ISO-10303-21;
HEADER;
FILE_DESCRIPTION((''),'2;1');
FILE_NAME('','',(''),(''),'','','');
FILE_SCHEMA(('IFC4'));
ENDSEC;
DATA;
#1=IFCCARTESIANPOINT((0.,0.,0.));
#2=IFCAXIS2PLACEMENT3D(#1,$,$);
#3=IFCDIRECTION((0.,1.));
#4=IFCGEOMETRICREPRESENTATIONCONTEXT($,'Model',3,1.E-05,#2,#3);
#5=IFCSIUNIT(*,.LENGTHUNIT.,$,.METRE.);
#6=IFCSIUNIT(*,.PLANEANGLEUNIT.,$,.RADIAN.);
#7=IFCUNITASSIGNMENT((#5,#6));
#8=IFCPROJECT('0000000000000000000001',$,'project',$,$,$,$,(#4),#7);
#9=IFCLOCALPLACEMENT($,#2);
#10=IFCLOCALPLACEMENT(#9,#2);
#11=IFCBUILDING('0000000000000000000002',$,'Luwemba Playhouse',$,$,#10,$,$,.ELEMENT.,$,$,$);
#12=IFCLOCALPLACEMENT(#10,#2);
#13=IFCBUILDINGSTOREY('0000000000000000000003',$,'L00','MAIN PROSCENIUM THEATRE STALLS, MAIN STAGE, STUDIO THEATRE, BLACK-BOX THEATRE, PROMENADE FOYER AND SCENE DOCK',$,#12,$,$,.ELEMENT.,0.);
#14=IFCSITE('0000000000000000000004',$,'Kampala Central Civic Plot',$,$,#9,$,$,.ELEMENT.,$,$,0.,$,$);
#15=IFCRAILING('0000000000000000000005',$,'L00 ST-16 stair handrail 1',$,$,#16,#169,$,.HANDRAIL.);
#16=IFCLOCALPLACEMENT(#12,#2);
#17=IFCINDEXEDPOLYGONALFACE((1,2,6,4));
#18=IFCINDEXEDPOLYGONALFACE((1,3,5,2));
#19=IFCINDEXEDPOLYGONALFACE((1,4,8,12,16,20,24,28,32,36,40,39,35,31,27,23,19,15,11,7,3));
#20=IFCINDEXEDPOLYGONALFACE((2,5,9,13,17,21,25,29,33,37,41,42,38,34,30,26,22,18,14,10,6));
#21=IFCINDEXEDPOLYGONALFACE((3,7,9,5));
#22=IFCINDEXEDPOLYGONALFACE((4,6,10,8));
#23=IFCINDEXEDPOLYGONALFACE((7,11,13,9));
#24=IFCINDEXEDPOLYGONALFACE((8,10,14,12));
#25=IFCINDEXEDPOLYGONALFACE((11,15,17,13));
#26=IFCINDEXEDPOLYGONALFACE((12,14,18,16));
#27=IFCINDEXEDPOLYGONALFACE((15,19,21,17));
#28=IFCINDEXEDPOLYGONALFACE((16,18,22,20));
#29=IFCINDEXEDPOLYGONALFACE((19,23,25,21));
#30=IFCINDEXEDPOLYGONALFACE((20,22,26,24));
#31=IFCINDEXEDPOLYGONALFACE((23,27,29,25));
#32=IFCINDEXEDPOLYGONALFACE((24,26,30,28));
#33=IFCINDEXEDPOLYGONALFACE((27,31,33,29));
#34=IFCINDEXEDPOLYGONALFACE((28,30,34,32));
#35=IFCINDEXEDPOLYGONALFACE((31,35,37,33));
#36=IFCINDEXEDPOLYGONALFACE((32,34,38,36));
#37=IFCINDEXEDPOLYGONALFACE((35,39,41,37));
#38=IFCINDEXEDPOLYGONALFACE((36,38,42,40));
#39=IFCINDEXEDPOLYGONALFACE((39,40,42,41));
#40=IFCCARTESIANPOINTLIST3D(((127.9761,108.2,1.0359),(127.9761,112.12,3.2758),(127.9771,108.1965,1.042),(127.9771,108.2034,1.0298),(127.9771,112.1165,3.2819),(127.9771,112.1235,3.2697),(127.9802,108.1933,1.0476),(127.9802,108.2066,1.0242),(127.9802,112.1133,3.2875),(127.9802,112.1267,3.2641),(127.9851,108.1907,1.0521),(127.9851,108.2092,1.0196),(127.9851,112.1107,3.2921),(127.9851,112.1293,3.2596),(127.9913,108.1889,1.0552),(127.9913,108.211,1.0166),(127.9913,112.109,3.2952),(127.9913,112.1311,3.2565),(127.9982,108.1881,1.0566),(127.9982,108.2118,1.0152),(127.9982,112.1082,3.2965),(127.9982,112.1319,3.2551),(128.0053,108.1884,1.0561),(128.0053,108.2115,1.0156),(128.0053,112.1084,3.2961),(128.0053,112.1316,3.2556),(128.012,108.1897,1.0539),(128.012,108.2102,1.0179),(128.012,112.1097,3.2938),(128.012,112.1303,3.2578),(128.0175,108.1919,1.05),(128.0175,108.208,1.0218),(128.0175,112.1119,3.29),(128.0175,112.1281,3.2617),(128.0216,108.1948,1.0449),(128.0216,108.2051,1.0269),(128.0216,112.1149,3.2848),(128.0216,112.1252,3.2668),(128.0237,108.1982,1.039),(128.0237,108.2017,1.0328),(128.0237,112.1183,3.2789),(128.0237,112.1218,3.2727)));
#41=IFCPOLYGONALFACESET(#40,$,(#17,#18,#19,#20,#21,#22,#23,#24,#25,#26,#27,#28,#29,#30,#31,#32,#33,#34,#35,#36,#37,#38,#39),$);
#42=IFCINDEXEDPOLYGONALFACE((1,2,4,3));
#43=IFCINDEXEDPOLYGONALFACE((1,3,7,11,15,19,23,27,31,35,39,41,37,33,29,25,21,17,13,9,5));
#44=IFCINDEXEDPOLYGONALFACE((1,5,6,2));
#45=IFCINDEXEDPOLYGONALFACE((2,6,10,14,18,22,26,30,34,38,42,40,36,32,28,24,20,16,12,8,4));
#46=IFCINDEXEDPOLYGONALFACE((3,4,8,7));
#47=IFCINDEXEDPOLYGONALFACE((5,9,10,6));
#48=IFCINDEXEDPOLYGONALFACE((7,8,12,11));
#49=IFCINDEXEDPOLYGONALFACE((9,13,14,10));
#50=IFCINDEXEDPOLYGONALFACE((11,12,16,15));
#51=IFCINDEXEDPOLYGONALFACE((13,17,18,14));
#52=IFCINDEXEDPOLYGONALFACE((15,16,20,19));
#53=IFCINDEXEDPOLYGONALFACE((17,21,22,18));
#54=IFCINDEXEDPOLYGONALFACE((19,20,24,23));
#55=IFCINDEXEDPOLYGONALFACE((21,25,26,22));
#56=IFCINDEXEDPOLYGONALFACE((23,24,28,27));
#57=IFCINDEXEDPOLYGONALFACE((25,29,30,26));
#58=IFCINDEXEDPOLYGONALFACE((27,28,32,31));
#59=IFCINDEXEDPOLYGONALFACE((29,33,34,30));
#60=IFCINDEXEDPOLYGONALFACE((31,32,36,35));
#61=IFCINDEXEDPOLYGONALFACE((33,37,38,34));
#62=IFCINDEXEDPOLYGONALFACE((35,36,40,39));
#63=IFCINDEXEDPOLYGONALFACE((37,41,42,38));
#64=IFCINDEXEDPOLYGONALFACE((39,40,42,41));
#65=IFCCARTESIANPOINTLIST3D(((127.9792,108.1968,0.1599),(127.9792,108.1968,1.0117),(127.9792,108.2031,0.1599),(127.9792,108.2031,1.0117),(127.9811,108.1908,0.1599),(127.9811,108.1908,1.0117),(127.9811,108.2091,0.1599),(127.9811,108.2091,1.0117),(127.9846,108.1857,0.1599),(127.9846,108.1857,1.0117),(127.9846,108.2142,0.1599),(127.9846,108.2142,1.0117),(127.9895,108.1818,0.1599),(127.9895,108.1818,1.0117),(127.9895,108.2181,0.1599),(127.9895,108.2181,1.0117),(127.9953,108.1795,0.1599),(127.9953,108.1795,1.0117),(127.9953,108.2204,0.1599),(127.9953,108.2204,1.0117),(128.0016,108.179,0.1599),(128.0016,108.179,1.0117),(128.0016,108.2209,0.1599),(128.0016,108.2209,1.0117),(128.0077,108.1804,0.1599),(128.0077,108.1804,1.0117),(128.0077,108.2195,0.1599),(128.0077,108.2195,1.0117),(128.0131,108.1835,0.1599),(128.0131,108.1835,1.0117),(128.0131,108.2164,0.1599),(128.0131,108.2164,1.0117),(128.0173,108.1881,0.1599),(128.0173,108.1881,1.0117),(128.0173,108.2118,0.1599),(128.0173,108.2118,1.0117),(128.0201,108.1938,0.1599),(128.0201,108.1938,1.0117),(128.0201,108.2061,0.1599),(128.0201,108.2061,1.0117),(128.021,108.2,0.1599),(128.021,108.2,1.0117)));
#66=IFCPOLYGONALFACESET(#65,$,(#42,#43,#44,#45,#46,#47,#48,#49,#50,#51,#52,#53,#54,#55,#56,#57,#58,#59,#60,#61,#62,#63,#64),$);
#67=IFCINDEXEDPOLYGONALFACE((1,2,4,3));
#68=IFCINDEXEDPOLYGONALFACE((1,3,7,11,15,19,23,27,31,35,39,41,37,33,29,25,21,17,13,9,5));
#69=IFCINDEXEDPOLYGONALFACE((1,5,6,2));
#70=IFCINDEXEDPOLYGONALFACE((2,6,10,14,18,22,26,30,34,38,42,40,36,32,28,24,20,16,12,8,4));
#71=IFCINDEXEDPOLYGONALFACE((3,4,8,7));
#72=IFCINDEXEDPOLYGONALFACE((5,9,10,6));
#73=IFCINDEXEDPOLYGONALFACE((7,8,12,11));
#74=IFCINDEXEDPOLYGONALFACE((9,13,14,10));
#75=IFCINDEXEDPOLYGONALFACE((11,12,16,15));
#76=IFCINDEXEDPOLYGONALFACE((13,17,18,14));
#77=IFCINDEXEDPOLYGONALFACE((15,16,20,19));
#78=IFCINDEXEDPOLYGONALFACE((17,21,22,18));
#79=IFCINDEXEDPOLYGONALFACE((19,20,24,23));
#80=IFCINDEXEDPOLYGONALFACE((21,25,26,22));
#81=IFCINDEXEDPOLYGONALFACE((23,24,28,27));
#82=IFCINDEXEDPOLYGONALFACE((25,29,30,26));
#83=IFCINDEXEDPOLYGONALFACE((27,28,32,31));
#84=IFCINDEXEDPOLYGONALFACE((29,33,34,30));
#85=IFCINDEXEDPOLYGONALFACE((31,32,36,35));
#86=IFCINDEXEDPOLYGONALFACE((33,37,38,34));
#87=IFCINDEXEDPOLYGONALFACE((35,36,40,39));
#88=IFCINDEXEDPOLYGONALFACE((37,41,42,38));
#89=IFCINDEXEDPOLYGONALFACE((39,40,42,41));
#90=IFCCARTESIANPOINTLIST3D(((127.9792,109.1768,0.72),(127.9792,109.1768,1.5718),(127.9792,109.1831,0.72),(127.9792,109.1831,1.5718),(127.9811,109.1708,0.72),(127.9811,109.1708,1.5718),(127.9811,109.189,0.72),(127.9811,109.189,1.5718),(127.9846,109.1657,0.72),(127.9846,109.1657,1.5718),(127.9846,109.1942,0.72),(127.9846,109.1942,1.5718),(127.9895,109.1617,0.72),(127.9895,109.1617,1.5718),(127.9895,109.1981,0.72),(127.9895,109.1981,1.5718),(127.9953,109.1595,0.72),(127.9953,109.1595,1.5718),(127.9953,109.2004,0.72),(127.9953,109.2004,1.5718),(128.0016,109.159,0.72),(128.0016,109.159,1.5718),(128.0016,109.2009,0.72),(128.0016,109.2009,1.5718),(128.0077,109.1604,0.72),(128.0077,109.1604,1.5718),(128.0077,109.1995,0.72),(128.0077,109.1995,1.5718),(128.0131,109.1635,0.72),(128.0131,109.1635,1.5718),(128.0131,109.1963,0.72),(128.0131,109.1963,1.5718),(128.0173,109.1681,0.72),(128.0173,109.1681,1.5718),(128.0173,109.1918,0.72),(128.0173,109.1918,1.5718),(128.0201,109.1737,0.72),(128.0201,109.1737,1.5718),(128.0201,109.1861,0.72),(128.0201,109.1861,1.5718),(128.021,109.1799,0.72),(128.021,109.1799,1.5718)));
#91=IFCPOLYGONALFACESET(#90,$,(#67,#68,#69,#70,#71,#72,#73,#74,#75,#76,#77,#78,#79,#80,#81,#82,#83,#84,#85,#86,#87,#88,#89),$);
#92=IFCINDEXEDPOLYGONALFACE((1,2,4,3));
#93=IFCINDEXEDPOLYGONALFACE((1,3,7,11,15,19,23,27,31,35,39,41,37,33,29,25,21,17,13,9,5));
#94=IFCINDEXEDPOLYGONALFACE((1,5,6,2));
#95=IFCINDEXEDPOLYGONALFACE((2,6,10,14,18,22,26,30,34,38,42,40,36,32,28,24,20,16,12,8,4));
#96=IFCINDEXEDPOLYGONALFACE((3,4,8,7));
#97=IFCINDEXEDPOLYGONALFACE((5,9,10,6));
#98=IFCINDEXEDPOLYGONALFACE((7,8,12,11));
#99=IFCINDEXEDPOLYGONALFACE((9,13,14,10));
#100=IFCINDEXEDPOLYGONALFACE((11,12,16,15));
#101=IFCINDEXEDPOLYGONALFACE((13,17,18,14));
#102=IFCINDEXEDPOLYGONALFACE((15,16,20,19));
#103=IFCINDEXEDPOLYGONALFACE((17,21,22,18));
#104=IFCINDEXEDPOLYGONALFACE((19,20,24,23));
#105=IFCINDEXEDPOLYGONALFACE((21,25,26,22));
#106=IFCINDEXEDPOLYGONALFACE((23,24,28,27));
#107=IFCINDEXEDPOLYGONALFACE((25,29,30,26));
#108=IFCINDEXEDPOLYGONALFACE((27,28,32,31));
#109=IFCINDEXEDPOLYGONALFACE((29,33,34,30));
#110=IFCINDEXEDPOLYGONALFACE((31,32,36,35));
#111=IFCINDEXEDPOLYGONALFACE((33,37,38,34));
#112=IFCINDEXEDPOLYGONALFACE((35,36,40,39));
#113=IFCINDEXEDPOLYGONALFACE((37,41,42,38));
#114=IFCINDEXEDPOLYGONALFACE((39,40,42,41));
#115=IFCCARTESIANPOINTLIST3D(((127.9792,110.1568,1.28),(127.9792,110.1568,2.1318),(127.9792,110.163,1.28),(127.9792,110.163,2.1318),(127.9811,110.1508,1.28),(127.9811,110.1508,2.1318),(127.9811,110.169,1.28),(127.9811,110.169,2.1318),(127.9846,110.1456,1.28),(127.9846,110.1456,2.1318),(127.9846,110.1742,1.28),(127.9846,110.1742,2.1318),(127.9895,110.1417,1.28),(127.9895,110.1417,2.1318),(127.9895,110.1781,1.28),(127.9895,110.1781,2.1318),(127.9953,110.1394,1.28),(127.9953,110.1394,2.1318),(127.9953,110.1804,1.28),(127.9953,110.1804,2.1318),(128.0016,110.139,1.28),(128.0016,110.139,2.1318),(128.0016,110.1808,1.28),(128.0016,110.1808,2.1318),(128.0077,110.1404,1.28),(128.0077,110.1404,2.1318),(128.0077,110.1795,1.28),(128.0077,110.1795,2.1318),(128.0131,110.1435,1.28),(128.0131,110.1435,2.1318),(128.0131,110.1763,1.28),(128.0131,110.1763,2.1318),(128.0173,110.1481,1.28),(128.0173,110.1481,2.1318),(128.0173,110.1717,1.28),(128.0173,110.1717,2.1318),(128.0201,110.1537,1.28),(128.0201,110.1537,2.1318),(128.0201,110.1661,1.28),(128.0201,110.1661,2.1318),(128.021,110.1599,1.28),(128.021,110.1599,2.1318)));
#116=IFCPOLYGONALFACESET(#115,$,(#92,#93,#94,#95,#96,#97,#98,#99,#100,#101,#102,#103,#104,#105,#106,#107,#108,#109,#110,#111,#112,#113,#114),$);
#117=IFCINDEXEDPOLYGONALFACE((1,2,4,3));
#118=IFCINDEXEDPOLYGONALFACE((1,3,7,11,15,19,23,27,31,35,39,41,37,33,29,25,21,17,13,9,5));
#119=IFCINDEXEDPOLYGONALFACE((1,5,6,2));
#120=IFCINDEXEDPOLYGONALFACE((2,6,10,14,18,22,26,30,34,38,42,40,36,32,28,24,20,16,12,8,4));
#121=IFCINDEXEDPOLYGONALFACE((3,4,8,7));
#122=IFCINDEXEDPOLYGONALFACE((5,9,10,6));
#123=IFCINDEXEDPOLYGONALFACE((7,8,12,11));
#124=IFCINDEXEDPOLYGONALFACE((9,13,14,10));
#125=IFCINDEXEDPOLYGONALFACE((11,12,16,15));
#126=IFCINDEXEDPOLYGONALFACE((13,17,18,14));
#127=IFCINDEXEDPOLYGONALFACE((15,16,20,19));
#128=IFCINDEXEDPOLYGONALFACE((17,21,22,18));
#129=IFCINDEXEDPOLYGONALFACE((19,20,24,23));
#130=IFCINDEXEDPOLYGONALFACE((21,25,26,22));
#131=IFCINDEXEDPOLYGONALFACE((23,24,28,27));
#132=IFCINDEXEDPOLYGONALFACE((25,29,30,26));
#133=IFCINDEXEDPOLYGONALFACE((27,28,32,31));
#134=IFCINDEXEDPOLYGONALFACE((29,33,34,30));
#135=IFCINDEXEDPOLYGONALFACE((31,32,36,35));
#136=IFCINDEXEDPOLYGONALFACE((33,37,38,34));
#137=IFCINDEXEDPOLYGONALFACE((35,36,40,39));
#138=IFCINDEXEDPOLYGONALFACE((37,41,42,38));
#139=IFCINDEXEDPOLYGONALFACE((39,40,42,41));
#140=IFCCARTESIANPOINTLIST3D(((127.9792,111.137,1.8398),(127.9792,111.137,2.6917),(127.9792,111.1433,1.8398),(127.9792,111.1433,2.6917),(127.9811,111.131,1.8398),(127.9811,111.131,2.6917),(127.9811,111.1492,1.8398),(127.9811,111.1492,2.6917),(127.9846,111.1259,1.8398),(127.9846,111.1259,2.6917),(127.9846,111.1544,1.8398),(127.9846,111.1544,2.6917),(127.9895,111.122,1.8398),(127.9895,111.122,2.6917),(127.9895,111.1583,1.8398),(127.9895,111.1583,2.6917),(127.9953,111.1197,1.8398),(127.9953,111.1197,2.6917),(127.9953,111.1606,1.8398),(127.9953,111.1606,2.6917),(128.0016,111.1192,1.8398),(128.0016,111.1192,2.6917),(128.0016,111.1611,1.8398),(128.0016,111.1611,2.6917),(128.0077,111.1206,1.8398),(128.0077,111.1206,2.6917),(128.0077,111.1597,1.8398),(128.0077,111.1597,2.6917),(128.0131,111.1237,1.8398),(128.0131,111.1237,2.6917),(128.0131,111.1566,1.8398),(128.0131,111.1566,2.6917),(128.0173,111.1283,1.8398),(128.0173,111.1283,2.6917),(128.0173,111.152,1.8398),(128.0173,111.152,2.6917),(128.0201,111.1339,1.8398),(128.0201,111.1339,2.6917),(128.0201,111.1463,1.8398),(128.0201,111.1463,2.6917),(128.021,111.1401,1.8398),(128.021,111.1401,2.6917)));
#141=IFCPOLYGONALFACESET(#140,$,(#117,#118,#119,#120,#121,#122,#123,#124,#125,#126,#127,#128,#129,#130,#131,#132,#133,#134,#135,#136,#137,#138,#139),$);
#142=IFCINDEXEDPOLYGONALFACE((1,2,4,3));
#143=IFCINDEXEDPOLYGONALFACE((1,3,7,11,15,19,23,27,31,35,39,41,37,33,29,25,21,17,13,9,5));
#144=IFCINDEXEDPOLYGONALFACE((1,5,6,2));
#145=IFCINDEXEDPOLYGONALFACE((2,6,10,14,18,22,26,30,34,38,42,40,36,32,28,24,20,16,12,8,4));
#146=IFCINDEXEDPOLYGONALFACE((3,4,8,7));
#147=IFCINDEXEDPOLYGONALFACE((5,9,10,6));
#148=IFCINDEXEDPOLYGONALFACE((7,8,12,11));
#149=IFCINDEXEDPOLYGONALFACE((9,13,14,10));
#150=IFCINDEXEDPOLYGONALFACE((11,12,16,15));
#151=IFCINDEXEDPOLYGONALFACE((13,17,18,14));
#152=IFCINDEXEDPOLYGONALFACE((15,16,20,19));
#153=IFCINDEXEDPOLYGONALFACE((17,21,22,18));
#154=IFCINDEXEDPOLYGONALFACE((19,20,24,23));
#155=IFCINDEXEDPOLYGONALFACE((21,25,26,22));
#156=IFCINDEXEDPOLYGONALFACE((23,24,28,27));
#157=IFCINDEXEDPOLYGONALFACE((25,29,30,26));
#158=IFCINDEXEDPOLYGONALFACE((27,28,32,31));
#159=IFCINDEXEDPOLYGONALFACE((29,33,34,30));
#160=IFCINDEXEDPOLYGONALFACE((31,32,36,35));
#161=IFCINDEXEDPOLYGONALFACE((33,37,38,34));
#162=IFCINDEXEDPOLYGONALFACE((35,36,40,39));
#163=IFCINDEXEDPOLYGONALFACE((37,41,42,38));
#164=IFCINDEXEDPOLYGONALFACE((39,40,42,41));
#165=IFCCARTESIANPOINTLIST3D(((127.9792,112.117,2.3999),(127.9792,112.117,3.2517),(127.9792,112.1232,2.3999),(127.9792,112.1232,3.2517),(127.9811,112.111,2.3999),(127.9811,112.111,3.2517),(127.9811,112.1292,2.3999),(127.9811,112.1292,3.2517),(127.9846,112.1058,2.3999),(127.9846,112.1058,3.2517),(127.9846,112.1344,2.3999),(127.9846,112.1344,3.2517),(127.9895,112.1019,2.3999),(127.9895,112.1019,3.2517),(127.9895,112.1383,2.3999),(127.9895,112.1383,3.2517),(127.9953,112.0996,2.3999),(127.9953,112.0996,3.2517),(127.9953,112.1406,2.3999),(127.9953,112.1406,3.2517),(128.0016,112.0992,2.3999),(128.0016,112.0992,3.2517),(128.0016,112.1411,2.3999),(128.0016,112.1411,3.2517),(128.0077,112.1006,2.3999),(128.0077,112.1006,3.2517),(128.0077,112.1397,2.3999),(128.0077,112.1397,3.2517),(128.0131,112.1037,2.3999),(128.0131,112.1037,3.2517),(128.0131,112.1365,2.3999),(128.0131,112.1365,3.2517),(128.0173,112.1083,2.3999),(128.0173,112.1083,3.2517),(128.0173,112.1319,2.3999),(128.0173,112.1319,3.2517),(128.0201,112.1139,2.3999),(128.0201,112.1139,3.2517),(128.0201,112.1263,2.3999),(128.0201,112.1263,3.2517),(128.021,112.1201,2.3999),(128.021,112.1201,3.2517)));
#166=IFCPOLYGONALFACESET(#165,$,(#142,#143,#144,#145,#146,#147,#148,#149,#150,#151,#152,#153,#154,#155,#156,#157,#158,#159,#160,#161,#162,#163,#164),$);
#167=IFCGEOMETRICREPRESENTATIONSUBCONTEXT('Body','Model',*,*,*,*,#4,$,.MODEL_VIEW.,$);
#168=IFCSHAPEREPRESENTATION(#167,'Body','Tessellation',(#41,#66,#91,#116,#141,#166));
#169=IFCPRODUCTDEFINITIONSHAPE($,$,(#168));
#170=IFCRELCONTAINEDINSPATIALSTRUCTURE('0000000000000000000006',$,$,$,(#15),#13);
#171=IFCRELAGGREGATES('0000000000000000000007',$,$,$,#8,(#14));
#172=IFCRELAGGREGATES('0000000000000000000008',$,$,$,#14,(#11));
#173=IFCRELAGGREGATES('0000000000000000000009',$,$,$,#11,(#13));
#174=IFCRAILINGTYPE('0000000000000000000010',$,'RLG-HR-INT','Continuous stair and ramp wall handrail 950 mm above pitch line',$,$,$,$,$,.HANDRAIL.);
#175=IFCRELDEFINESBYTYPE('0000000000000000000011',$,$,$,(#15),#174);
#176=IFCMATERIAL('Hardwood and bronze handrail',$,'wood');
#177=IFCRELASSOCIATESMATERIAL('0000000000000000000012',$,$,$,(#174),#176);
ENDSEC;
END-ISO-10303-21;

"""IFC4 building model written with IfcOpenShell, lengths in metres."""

from ifc_helpers import new_model, si_unit, direction, frame, origin, origin_2d, place, context, subcontext, project, spatial, circle, extrude, material, type_object, element, save


model = new_model("IFC4")

# Units and contexts
model_context = context("Model", 3, precision=1e-05, world=origin(), true_north=direction((0.0, 1.0)))
body_context = subcontext(model_context, "Body", "Model", "MODEL_VIEW")
ifc_project = project(units=[si_unit("LENGTHUNIT", "METRE"), si_unit("PLANEANGLEUNIT", "RADIAN")], contexts=[model_context])

# Site, building, storey
site_placement = place(None, origin())
site = spatial("IfcSite", under=ifc_project, at=site_placement, Name="Kampala Central Civic Plot", CompositionType="ELEMENT", RefElevation=0.0)
building_placement = place(site_placement, origin())
building = spatial("IfcBuilding", under=site, at=building_placement, Name="Luwemba Playhouse", CompositionType="ELEMENT")
storey_placement = place(building_placement, origin())
storey = spatial("IfcBuildingStorey", under=building, at=storey_placement, Name="L00", Description="MAIN PROSCENIUM THEATRE STALLS, MAIN STAGE, STUDIO THEATRE, BLACK-BOX THEATRE, PROMENADE FOYER AND SCENE DOCK", CompositionType="ELEMENT", Elevation=0.0)

# Railing
ifc_material_1 = material(Name="Hardwood and bronze handrail", Category="wood")
railing_type_1 = type_object("IfcRailingType", Name="RLG-HR-INT", Description="Continuous stair and ramp wall handrail 950 mm above pitch line", PredefinedType="HANDRAIL", material=ifc_material_1)
railing_1_placement = place(storey_placement, frame((128.0, 108.2, 0.1599)))
element("IfcRailing", 1, at=railing_1_placement, inside=storey, type_object=railing_type_1, Name="L00 ST-16 stair handrail 1", PredefinedType="HANDRAIL", context=body_context, shape_type="SweptSolid", body=[
    extrude(circle(Radius=0.0239, at=origin_2d()), frame((0.0, 0.0, 0.876), z_axis=(0.0, 0.868253, 0.496121), x_axis=(-1.0, 0.0, 0.0)), (0.0, 0.0, 1.0), 4.5149),
    extrude(circle(Radius=0.021, at=origin_2d()), origin(), (0.0, 0.0, 1.0), 0.8518),
    extrude(circle(Radius=0.021, at=origin_2d()), frame((0.0, 0.98, 0.5601)), (0.0, 0.0, 1.0), 0.8518),
    extrude(circle(Radius=0.021, at=origin_2d()), frame((0.0, 1.96, 1.1201)), (0.0, 0.0, 1.0), 0.8518),
    extrude(circle(Radius=0.021, at=origin_2d()), frame((0.0, 2.9402, 1.6799)), (0.0, 0.0, 1.0), 0.8518),
    extrude(circle(Radius=0.021, at=origin_2d()), frame((0.0, 3.9202, 2.24)), (0.0, 0.0, 1.0), 0.8518),
])

save(model, "model.ifc")
